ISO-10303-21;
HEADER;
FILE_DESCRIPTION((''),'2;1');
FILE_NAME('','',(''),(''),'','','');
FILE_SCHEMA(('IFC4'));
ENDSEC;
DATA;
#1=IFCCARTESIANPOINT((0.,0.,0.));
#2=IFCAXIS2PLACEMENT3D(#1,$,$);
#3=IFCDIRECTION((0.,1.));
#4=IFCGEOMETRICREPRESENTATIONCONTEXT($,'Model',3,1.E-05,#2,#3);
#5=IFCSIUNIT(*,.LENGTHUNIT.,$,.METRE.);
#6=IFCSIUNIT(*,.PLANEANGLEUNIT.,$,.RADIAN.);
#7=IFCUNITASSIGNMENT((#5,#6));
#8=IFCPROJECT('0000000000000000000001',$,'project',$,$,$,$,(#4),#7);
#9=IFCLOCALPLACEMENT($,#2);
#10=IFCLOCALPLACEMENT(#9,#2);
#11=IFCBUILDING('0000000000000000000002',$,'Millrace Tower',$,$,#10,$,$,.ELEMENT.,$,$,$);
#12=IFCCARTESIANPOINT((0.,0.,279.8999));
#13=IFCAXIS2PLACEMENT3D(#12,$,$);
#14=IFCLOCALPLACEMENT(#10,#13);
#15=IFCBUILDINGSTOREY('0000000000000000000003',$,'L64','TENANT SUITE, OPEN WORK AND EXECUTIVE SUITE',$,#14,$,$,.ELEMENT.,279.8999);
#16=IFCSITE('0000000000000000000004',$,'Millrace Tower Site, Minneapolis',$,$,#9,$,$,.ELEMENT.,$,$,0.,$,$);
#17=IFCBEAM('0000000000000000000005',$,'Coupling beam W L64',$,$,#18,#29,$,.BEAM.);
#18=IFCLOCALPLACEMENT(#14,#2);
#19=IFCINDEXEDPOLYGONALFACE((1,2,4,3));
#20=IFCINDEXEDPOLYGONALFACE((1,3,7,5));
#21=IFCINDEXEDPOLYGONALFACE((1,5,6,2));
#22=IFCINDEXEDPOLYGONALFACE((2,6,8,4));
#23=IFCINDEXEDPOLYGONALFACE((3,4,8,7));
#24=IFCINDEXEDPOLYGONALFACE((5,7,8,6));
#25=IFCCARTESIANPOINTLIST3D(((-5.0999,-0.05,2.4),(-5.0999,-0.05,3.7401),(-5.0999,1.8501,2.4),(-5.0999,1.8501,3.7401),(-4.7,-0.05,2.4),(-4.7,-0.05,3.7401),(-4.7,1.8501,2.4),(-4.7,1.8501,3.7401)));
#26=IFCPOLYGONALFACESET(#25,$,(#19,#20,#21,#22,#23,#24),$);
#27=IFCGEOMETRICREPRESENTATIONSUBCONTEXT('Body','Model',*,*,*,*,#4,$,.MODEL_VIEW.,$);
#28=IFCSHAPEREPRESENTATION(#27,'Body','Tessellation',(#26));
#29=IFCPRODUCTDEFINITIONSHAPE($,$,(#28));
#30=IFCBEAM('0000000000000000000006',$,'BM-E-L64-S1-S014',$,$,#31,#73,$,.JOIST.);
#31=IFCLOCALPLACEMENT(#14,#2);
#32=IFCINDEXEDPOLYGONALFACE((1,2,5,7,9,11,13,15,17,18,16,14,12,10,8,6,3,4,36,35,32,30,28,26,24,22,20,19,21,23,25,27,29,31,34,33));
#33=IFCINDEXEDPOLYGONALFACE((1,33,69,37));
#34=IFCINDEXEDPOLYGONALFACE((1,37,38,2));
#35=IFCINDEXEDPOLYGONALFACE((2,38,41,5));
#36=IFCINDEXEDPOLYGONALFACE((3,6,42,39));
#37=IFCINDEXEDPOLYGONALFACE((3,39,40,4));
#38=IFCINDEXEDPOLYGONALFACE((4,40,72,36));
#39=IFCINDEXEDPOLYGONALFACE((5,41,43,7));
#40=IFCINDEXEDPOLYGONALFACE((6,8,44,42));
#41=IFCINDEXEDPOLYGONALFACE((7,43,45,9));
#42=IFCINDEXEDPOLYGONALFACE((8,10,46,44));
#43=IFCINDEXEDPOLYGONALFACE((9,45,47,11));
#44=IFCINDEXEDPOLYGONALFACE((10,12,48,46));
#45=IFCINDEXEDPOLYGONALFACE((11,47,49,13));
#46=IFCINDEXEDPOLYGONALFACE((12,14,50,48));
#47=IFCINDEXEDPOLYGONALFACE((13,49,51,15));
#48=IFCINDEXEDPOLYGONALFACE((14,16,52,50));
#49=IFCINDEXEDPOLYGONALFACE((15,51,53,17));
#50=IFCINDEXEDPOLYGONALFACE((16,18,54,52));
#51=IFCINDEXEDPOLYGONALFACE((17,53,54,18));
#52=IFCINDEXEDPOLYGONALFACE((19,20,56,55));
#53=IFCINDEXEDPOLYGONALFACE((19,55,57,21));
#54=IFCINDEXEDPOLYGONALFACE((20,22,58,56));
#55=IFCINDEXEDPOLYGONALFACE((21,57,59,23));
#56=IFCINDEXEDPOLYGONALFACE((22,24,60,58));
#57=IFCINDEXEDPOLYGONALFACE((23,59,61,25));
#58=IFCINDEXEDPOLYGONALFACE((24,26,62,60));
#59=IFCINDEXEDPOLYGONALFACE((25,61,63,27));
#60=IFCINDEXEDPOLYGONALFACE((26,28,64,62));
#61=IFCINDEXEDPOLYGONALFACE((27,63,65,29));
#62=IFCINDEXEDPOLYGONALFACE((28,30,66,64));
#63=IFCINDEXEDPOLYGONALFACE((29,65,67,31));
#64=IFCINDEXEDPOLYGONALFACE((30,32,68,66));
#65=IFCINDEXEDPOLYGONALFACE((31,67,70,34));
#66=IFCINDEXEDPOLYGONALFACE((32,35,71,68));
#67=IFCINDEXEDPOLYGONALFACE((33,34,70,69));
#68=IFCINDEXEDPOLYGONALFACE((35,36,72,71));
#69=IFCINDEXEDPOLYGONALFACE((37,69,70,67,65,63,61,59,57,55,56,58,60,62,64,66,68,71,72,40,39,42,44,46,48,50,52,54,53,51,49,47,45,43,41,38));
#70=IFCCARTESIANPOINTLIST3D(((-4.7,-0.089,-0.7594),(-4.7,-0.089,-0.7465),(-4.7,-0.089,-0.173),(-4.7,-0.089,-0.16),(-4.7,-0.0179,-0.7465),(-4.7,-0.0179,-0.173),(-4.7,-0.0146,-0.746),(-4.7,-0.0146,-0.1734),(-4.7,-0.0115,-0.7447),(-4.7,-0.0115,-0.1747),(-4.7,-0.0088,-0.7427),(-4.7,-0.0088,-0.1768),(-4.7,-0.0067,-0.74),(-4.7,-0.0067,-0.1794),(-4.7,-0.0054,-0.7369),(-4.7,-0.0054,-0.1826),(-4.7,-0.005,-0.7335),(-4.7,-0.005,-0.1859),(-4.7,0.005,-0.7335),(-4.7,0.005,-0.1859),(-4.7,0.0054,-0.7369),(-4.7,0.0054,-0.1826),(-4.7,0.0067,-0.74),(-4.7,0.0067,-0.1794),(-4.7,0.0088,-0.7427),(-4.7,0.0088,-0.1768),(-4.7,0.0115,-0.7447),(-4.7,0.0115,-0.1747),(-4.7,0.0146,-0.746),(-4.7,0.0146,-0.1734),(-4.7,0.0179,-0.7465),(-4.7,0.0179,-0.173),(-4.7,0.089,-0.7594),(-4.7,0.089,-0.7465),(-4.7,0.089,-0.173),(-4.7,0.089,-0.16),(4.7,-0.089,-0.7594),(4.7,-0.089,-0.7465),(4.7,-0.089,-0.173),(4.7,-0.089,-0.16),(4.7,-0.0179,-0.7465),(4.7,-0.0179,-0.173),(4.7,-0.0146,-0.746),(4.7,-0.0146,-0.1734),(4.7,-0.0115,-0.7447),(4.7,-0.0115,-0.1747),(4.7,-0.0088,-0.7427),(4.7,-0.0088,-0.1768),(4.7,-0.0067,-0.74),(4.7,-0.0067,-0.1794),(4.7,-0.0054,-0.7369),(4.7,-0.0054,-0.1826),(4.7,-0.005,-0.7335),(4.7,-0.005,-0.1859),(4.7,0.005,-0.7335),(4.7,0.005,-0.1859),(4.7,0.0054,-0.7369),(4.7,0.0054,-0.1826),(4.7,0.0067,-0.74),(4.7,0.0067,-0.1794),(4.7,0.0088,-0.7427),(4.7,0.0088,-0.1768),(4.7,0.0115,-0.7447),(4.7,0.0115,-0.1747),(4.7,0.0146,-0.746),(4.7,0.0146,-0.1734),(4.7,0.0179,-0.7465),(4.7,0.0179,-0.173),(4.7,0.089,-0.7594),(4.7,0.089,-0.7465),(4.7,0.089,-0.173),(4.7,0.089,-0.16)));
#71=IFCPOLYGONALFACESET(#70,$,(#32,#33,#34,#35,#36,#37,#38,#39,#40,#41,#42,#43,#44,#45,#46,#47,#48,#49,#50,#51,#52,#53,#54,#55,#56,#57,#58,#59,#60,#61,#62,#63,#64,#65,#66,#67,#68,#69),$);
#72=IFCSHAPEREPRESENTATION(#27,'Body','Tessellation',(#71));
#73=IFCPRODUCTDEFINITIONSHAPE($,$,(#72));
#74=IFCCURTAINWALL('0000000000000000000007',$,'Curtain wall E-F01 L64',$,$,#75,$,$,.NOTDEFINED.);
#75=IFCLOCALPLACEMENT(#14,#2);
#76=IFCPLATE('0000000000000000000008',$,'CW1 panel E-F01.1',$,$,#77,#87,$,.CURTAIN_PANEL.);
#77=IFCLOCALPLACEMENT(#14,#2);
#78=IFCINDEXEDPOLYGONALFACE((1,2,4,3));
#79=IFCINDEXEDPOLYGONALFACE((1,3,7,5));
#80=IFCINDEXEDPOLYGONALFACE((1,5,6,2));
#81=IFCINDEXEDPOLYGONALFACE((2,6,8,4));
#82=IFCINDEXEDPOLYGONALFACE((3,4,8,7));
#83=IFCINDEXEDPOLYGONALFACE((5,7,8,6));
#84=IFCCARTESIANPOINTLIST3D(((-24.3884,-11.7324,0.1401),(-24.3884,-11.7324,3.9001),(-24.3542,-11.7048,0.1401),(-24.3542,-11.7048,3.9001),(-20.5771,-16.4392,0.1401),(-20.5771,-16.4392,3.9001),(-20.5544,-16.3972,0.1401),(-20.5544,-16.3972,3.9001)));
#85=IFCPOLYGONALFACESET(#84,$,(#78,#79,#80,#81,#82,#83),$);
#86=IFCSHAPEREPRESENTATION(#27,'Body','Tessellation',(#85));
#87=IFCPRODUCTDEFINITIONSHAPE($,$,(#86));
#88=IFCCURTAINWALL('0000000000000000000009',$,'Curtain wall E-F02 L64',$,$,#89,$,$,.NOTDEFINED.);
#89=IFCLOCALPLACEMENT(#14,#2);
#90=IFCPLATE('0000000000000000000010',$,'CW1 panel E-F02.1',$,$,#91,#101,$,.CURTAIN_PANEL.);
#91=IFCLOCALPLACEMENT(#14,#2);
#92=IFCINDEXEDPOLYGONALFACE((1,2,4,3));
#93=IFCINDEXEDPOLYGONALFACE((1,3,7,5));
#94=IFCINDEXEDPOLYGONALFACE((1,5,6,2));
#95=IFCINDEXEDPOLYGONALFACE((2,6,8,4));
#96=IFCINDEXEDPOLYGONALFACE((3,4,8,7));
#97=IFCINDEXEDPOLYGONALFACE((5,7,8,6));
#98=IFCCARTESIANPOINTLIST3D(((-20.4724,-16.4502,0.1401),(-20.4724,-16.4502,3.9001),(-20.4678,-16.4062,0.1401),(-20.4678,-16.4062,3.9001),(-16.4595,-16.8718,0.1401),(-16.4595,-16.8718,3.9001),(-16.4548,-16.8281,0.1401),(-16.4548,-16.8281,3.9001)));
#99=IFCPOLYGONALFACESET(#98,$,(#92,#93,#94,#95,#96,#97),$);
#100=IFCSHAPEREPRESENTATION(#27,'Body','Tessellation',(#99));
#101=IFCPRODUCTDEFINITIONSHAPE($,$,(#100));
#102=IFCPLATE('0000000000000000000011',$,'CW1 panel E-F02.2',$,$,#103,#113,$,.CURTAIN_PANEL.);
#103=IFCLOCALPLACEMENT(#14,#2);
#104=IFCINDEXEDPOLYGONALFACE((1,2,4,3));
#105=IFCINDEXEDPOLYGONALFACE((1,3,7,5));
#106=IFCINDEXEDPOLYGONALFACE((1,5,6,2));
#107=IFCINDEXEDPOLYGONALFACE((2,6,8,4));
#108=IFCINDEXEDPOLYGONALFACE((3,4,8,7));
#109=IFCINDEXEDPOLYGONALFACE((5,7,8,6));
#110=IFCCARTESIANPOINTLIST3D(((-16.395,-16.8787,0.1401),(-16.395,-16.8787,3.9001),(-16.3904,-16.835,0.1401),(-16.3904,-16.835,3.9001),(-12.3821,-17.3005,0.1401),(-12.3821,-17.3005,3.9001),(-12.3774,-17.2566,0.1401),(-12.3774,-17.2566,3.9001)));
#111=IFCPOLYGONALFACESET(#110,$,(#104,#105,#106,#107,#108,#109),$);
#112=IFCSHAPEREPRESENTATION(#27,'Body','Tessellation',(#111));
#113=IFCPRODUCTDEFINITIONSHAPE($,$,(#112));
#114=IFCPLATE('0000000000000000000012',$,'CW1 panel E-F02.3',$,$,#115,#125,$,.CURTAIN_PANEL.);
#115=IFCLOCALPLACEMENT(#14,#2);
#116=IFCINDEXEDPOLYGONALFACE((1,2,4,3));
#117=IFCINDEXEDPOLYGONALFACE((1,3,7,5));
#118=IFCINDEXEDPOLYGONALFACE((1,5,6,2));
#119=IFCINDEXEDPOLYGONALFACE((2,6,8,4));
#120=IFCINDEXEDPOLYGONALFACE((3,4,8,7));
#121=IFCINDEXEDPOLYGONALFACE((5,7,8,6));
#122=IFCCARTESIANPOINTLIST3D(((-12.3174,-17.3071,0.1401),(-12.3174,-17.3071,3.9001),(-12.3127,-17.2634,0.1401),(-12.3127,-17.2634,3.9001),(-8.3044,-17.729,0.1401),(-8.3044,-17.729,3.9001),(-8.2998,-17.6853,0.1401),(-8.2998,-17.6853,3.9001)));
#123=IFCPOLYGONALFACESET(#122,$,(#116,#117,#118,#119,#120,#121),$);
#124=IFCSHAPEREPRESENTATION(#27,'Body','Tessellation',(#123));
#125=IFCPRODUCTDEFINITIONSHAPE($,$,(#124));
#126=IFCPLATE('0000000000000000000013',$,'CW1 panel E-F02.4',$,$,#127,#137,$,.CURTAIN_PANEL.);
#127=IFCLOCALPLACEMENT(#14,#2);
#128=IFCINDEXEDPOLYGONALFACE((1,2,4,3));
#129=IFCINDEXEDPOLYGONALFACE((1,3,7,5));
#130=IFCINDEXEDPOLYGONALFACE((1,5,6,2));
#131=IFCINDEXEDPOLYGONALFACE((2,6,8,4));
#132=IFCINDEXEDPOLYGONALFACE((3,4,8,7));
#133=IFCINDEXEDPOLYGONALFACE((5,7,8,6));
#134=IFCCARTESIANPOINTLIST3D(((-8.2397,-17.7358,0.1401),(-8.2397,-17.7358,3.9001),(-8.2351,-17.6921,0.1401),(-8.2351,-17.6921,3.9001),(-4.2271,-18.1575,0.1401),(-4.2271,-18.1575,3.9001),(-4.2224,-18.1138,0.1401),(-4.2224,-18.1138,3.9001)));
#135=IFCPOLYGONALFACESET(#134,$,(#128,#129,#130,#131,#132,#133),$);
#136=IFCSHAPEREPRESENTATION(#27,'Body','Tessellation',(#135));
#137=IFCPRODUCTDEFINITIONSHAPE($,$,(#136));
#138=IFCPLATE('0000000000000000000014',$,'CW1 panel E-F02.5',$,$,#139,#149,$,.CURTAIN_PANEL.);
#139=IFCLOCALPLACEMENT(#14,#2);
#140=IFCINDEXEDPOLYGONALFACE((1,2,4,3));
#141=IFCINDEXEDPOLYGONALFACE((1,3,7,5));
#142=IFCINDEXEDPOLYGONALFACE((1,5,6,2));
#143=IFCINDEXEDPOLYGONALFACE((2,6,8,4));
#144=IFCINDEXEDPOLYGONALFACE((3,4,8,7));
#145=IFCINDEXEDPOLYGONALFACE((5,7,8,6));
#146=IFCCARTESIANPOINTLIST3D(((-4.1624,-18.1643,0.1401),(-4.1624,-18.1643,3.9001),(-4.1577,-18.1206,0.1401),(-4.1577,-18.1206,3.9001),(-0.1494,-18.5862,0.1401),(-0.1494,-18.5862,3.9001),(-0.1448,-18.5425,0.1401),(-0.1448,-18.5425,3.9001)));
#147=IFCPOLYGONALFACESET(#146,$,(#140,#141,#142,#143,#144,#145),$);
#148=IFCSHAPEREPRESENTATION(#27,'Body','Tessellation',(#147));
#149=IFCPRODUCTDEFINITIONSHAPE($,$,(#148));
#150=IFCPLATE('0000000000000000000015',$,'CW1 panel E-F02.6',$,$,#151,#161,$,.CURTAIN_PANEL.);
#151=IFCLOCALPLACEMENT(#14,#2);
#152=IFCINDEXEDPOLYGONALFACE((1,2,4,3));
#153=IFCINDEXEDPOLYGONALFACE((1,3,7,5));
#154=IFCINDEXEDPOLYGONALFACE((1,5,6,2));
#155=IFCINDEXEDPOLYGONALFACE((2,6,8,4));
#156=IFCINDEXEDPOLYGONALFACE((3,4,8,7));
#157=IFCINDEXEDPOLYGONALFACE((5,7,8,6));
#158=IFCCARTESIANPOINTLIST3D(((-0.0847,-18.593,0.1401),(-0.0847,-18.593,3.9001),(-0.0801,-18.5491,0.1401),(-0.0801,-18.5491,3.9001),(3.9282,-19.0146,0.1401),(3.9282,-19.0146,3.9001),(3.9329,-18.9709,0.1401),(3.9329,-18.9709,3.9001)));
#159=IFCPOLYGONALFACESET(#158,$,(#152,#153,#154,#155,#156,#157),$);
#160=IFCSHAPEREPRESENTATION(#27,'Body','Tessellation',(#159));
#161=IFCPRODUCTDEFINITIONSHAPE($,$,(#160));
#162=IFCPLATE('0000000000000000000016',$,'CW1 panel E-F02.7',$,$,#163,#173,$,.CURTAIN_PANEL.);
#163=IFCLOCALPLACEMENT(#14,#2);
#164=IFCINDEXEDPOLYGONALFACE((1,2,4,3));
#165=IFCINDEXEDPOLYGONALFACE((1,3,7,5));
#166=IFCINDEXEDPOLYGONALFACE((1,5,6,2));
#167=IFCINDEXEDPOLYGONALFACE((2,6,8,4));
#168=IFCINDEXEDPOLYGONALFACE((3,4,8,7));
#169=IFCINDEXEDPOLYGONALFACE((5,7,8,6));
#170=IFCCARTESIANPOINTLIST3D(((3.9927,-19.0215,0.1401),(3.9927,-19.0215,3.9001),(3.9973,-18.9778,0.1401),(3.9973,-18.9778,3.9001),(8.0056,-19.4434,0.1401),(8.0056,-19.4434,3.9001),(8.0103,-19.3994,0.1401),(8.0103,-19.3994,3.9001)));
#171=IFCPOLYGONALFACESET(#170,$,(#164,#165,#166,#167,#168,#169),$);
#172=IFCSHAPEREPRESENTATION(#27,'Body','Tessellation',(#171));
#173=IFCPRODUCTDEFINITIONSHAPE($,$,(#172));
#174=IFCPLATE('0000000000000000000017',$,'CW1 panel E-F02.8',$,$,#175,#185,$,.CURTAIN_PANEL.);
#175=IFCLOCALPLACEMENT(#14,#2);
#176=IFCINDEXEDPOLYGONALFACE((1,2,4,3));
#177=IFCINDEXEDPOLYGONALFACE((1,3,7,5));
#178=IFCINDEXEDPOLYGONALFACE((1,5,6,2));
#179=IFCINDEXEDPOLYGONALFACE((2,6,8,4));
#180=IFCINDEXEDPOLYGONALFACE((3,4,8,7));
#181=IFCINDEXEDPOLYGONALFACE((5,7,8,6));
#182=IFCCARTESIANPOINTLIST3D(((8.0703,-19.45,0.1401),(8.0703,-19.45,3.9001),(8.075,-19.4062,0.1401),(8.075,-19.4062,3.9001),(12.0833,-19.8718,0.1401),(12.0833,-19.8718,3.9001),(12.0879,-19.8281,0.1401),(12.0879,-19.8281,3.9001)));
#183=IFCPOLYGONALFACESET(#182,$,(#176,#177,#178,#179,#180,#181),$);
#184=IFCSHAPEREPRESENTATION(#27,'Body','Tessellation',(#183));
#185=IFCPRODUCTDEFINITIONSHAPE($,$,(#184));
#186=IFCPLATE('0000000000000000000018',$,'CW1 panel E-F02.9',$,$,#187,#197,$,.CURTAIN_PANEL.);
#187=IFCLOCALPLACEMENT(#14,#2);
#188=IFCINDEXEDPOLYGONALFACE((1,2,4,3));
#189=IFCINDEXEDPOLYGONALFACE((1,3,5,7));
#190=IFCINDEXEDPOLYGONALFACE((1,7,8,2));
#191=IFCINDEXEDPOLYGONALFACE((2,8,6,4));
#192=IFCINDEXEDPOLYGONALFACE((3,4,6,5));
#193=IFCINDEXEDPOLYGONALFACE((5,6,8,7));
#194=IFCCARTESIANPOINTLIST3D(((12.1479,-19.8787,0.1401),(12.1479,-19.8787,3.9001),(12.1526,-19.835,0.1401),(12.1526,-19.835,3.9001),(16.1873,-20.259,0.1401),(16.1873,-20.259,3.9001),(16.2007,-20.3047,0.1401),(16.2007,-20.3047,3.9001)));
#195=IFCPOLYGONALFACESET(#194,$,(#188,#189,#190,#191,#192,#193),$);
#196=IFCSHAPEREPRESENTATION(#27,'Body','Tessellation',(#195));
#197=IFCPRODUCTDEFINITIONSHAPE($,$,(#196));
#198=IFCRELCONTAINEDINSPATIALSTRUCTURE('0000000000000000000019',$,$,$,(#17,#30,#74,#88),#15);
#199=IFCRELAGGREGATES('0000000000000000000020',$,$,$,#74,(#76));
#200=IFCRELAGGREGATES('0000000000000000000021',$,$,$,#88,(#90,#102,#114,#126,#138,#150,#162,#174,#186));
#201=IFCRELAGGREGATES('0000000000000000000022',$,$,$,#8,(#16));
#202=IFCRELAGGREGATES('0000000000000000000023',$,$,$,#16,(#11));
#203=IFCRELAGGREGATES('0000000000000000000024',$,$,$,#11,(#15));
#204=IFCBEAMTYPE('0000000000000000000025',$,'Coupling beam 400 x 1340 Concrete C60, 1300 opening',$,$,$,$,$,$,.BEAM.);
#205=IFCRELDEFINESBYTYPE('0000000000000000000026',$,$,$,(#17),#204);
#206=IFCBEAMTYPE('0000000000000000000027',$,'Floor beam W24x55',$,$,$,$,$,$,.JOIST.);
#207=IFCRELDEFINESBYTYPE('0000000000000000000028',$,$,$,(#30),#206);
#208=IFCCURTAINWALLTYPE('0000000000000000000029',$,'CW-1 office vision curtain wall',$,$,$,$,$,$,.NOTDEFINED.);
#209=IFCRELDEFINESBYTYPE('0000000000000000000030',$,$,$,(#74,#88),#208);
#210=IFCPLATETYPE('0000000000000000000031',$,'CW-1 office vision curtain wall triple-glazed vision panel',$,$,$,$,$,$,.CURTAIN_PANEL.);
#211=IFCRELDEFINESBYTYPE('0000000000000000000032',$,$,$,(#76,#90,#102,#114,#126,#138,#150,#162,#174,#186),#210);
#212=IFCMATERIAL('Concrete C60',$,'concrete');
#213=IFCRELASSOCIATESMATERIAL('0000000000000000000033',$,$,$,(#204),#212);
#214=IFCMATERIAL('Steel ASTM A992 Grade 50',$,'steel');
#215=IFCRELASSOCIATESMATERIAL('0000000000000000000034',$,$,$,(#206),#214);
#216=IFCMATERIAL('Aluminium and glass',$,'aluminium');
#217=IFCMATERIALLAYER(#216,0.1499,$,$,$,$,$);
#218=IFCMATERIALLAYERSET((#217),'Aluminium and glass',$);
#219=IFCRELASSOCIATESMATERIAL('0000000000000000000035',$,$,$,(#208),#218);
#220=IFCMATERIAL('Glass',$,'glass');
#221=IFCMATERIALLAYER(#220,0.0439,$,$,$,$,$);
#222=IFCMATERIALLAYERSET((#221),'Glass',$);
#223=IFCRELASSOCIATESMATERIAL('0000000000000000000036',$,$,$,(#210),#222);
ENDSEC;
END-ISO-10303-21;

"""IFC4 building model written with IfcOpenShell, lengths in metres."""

from ifc_helpers import new_model, si_unit, direction, frame, origin, origin_2d, place, context, subcontext, project, spatial, polyline, rectangle, i_section, outline, extrude, material, layer, layer_set, material_profile, profile_set, type_object, element, aggregate, save


model = new_model("IFC4")

# Units and contexts
model_context = context("Model", 3, precision=1e-05, world=origin(), true_north=direction((0.0, 1.0)))
body_context = subcontext(model_context, "Body", "Model", "MODEL_VIEW")
ifc_project = project(units=[si_unit("LENGTHUNIT", "METRE"), si_unit("PLANEANGLEUNIT", "RADIAN")], contexts=[model_context])

# Site, building, storey
site_placement = place(None, origin())
site = spatial("IfcSite", under=ifc_project, at=site_placement, Name="Millrace Tower Site, Minneapolis", CompositionType="ELEMENT", RefElevation=0.0)
building_placement = place(site_placement, origin())
building = spatial("IfcBuilding", under=site, at=building_placement, Name="Millrace Tower", CompositionType="ELEMENT")
storey_placement = place(building_placement, frame((0.0, 0.0, 279.8999)))
storey = spatial("IfcBuildingStorey", under=building, at=storey_placement, Name="L64", Description="TENANT SUITE, OPEN WORK AND EXECUTIVE SUITE", CompositionType="ELEMENT", Elevation=279.8999)

# Beams
ifc_material_1 = material(Name="Concrete C60", Category="concrete")
ifc_material_profile_1 = material_profile(ifc_material_1, rectangle(XDim=0.3999, YDim=1.3401, at=origin_2d()))
ifc_profile_set_1 = profile_set([ifc_material_profile_1], Name="Concrete C60")
beam_type_1 = type_object("IfcBeamType", Name="Coupling beam 400 x 1340 Concrete C60, 1300 opening", PredefinedType="BEAM", material=ifc_profile_set_1)
beam_1_placement = place(storey_placement, frame((-4.8999, -0.05, 3.0701), z_axis=(0.0, 1.0, 0.0), x_axis=(-1.0, 0.0, 0.0)))
element("IfcBeam", 1, at=beam_1_placement, inside=storey, type_object=beam_type_1, Name="Coupling beam W L64", PredefinedType="BEAM", context=body_context, shape_type="SweptSolid", body=[
    extrude(rectangle(XDim=0.3999, YDim=1.3401, at=origin_2d()), origin(), (0.0, 0.0, 1.0), 1.9001),
])
ifc_material_2 = material(Name="Steel ASTM A992 Grade 50", Category="steel")
ifc_material_profile_2 = material_profile(ifc_material_2, i_section(OverallWidth=0.178, OverallDepth=0.5994, WebThickness=0.01, FlangeThickness=0.0129, FilletRadius=0.0129, at=origin_2d()))
ifc_profile_set_2 = profile_set([ifc_material_profile_2], Name="Steel ASTM A992 Grade 50")
beam_type_2 = type_object("IfcBeamType", Name="Floor beam W24x55", PredefinedType="JOIST", material=ifc_profile_set_2)
beam_2_placement = place(storey_placement, frame((-4.7, 0.0, -0.4597), z_axis=(1.0, 0.0, 0.0), x_axis=(0.0, 1.0, 0.0)))
element("IfcBeam", 2, at=beam_2_placement, inside=storey, type_object=beam_type_2, Name="BM-E-L64-S1-S014", PredefinedType="JOIST", context=body_context, shape_type="SweptSolid", body=[
    extrude(i_section(OverallWidth=0.178, OverallDepth=0.5994, WebThickness=0.01, FlangeThickness=0.0129, FilletRadius=0.0129, at=origin_2d()), origin(), (0.0, 0.0, 1.0), 9.3999),
])

# Curtain wall, plate
ifc_material_3 = material(Name="Aluminium and glass", Category="aluminium")
ifc_layer_1 = layer(ifc_material_3, 0.1499)
ifc_layer_set_1 = layer_set([ifc_layer_1], Name="Aluminium and glass")
curtain_wall_type = type_object("IfcCurtainWallType", Name="CW-1 office vision curtain wall", PredefinedType="NOTDEFINED", material=ifc_layer_set_1)
placement_1 = place(storey_placement, origin())
curtain_wall_1 = element("IfcCurtainWall", 3, at=placement_1, inside=storey, type_object=curtain_wall_type, Name="Curtain wall E-F01 L64", PredefinedType="NOTDEFINED")
ifc_material_4 = material(Name="Glass", Category="glass")
ifc_layer_2 = layer(ifc_material_4, 0.0439)
ifc_layer_set_2 = layer_set([ifc_layer_2], Name="Glass")
plate_type = type_object("IfcPlateType", Name="CW-1 office vision curtain wall triple-glazed vision panel", PredefinedType="CURTAIN_PANEL", material=ifc_layer_set_2)
placement_2 = place(storey_placement, frame((0.0, 0.0, 0.1401)))
plate_1 = element("IfcPlate", 4, at=placement_2, type_object=plate_type, Name="CW1 panel E-F01.1", PredefinedType="CURTAIN_PANEL", context=body_context, shape_type="SweptSolid", body=[
    extrude(outline(polyline([(-24.3884, -11.7324), (-20.5771, -16.4392), (-20.5544, -16.3972), (-24.3542, -11.7048), (-24.3884, -11.7324)])), origin(), (0.0, 0.0, 1.0), 3.76),
])
aggregate(curtain_wall_1, [plate_1])

# Curtain wall, plates
curtain_wall_2 = element("IfcCurtainWall", 5, at=placement_1, inside=storey, type_object=curtain_wall_type, Name="Curtain wall E-F02 L64", PredefinedType="NOTDEFINED")
plate_2 = element("IfcPlate", 6, at=placement_2, type_object=plate_type, Name="CW1 panel E-F02.1", PredefinedType="CURTAIN_PANEL", context=body_context, shape_type="SweptSolid", body=[
    extrude(outline(polyline([(-20.4724, -16.4502), (-16.4595, -16.8718), (-16.4548, -16.8281), (-20.4678, -16.4062), (-20.4724, -16.4502)])), origin(), (0.0, 0.0, 1.0), 3.76),
])
plate_3 = element("IfcPlate", 7, at=placement_2, type_object=plate_type, Name="CW1 panel E-F02.2", PredefinedType="CURTAIN_PANEL", context=body_context, shape_type="SweptSolid", body=[
    extrude(outline(polyline([(-16.395, -16.8787), (-12.3821, -17.3005), (-12.3774, -17.2566), (-16.3904, -16.835), (-16.395, -16.8787)])), origin(), (0.0, 0.0, 1.0), 3.76),
])
plate_4 = element("IfcPlate", 8, at=placement_2, type_object=plate_type, Name="CW1 panel E-F02.3", PredefinedType="CURTAIN_PANEL", context=body_context, shape_type="SweptSolid", body=[
    extrude(outline(polyline([(-12.3174, -17.3071), (-8.3044, -17.729), (-8.2998, -17.6853), (-12.3127, -17.2634), (-12.3174, -17.3071)])), origin(), (0.0, 0.0, 1.0), 3.76),
])
plate_5 = element("IfcPlate", 9, at=placement_2, type_object=plate_type, Name="CW1 panel E-F02.4", PredefinedType="CURTAIN_PANEL", context=body_context, shape_type="SweptSolid", body=[
    extrude(outline(polyline([(-8.2397, -17.7358), (-4.2271, -18.1575), (-4.2224, -18.1138), (-8.2351, -17.6921), (-8.2397, -17.7358)])), origin(), (0.0, 0.0, 1.0), 3.76),
])
plate_6 = element("IfcPlate", 10, at=placement_2, type_object=plate_type, Name="CW1 panel E-F02.5", PredefinedType="CURTAIN_PANEL", context=body_context, shape_type="SweptSolid", body=[
    extrude(outline(polyline([(-4.1624, -18.1643), (-0.1494, -18.5862), (-0.1448, -18.5425), (-4.1577, -18.1206), (-4.1624, -18.1643)])), origin(), (0.0, 0.0, 1.0), 3.76),
])
plate_7 = element("IfcPlate", 11, at=placement_2, type_object=plate_type, Name="CW1 panel E-F02.6", PredefinedType="CURTAIN_PANEL", context=body_context, shape_type="SweptSolid", body=[
    extrude(outline(polyline([(-0.0847, -18.593), (3.9282, -19.0146), (3.9329, -18.9709), (-0.0801, -18.5491), (-0.0847, -18.593)])), origin(), (0.0, 0.0, 1.0), 3.76),
])
plate_8 = element("IfcPlate", 12, at=placement_2, type_object=plate_type, Name="CW1 panel E-F02.7", PredefinedType="CURTAIN_PANEL", context=body_context, shape_type="SweptSolid", body=[
    extrude(outline(polyline([(3.9927, -19.0215), (8.0056, -19.4434), (8.0103, -19.3994), (3.9973, -18.9778), (3.9927, -19.0215)])), origin(), (0.0, 0.0, 1.0), 3.76),
])
plate_9 = element("IfcPlate", 13, at=placement_2, type_object=plate_type, Name="CW1 panel E-F02.8", PredefinedType="CURTAIN_PANEL", context=body_context, shape_type="SweptSolid", body=[
    extrude(outline(polyline([(8.0703, -19.45), (12.0833, -19.8718), (12.0879, -19.8281), (8.075, -19.4062), (8.0703, -19.45)])), origin(), (0.0, 0.0, 1.0), 3.76),
])
plate_10 = element("IfcPlate", 14, at=placement_2, type_object=plate_type, Name="CW1 panel E-F02.9", PredefinedType="CURTAIN_PANEL", context=body_context, shape_type="SweptSolid", body=[
    extrude(outline(polyline([(12.1479, -19.8787), (16.2007, -20.3047), (16.1873, -20.259), (12.1526, -19.835), (12.1479, -19.8787)])), origin(), (0.0, 0.0, 1.0), 3.76),
])
aggregate(curtain_wall_2, [plate_2, plate_3, plate_4, plate_5, plate_6, plate_7, plate_8, plate_9, plate_10])

save(model, "model.ifc")
